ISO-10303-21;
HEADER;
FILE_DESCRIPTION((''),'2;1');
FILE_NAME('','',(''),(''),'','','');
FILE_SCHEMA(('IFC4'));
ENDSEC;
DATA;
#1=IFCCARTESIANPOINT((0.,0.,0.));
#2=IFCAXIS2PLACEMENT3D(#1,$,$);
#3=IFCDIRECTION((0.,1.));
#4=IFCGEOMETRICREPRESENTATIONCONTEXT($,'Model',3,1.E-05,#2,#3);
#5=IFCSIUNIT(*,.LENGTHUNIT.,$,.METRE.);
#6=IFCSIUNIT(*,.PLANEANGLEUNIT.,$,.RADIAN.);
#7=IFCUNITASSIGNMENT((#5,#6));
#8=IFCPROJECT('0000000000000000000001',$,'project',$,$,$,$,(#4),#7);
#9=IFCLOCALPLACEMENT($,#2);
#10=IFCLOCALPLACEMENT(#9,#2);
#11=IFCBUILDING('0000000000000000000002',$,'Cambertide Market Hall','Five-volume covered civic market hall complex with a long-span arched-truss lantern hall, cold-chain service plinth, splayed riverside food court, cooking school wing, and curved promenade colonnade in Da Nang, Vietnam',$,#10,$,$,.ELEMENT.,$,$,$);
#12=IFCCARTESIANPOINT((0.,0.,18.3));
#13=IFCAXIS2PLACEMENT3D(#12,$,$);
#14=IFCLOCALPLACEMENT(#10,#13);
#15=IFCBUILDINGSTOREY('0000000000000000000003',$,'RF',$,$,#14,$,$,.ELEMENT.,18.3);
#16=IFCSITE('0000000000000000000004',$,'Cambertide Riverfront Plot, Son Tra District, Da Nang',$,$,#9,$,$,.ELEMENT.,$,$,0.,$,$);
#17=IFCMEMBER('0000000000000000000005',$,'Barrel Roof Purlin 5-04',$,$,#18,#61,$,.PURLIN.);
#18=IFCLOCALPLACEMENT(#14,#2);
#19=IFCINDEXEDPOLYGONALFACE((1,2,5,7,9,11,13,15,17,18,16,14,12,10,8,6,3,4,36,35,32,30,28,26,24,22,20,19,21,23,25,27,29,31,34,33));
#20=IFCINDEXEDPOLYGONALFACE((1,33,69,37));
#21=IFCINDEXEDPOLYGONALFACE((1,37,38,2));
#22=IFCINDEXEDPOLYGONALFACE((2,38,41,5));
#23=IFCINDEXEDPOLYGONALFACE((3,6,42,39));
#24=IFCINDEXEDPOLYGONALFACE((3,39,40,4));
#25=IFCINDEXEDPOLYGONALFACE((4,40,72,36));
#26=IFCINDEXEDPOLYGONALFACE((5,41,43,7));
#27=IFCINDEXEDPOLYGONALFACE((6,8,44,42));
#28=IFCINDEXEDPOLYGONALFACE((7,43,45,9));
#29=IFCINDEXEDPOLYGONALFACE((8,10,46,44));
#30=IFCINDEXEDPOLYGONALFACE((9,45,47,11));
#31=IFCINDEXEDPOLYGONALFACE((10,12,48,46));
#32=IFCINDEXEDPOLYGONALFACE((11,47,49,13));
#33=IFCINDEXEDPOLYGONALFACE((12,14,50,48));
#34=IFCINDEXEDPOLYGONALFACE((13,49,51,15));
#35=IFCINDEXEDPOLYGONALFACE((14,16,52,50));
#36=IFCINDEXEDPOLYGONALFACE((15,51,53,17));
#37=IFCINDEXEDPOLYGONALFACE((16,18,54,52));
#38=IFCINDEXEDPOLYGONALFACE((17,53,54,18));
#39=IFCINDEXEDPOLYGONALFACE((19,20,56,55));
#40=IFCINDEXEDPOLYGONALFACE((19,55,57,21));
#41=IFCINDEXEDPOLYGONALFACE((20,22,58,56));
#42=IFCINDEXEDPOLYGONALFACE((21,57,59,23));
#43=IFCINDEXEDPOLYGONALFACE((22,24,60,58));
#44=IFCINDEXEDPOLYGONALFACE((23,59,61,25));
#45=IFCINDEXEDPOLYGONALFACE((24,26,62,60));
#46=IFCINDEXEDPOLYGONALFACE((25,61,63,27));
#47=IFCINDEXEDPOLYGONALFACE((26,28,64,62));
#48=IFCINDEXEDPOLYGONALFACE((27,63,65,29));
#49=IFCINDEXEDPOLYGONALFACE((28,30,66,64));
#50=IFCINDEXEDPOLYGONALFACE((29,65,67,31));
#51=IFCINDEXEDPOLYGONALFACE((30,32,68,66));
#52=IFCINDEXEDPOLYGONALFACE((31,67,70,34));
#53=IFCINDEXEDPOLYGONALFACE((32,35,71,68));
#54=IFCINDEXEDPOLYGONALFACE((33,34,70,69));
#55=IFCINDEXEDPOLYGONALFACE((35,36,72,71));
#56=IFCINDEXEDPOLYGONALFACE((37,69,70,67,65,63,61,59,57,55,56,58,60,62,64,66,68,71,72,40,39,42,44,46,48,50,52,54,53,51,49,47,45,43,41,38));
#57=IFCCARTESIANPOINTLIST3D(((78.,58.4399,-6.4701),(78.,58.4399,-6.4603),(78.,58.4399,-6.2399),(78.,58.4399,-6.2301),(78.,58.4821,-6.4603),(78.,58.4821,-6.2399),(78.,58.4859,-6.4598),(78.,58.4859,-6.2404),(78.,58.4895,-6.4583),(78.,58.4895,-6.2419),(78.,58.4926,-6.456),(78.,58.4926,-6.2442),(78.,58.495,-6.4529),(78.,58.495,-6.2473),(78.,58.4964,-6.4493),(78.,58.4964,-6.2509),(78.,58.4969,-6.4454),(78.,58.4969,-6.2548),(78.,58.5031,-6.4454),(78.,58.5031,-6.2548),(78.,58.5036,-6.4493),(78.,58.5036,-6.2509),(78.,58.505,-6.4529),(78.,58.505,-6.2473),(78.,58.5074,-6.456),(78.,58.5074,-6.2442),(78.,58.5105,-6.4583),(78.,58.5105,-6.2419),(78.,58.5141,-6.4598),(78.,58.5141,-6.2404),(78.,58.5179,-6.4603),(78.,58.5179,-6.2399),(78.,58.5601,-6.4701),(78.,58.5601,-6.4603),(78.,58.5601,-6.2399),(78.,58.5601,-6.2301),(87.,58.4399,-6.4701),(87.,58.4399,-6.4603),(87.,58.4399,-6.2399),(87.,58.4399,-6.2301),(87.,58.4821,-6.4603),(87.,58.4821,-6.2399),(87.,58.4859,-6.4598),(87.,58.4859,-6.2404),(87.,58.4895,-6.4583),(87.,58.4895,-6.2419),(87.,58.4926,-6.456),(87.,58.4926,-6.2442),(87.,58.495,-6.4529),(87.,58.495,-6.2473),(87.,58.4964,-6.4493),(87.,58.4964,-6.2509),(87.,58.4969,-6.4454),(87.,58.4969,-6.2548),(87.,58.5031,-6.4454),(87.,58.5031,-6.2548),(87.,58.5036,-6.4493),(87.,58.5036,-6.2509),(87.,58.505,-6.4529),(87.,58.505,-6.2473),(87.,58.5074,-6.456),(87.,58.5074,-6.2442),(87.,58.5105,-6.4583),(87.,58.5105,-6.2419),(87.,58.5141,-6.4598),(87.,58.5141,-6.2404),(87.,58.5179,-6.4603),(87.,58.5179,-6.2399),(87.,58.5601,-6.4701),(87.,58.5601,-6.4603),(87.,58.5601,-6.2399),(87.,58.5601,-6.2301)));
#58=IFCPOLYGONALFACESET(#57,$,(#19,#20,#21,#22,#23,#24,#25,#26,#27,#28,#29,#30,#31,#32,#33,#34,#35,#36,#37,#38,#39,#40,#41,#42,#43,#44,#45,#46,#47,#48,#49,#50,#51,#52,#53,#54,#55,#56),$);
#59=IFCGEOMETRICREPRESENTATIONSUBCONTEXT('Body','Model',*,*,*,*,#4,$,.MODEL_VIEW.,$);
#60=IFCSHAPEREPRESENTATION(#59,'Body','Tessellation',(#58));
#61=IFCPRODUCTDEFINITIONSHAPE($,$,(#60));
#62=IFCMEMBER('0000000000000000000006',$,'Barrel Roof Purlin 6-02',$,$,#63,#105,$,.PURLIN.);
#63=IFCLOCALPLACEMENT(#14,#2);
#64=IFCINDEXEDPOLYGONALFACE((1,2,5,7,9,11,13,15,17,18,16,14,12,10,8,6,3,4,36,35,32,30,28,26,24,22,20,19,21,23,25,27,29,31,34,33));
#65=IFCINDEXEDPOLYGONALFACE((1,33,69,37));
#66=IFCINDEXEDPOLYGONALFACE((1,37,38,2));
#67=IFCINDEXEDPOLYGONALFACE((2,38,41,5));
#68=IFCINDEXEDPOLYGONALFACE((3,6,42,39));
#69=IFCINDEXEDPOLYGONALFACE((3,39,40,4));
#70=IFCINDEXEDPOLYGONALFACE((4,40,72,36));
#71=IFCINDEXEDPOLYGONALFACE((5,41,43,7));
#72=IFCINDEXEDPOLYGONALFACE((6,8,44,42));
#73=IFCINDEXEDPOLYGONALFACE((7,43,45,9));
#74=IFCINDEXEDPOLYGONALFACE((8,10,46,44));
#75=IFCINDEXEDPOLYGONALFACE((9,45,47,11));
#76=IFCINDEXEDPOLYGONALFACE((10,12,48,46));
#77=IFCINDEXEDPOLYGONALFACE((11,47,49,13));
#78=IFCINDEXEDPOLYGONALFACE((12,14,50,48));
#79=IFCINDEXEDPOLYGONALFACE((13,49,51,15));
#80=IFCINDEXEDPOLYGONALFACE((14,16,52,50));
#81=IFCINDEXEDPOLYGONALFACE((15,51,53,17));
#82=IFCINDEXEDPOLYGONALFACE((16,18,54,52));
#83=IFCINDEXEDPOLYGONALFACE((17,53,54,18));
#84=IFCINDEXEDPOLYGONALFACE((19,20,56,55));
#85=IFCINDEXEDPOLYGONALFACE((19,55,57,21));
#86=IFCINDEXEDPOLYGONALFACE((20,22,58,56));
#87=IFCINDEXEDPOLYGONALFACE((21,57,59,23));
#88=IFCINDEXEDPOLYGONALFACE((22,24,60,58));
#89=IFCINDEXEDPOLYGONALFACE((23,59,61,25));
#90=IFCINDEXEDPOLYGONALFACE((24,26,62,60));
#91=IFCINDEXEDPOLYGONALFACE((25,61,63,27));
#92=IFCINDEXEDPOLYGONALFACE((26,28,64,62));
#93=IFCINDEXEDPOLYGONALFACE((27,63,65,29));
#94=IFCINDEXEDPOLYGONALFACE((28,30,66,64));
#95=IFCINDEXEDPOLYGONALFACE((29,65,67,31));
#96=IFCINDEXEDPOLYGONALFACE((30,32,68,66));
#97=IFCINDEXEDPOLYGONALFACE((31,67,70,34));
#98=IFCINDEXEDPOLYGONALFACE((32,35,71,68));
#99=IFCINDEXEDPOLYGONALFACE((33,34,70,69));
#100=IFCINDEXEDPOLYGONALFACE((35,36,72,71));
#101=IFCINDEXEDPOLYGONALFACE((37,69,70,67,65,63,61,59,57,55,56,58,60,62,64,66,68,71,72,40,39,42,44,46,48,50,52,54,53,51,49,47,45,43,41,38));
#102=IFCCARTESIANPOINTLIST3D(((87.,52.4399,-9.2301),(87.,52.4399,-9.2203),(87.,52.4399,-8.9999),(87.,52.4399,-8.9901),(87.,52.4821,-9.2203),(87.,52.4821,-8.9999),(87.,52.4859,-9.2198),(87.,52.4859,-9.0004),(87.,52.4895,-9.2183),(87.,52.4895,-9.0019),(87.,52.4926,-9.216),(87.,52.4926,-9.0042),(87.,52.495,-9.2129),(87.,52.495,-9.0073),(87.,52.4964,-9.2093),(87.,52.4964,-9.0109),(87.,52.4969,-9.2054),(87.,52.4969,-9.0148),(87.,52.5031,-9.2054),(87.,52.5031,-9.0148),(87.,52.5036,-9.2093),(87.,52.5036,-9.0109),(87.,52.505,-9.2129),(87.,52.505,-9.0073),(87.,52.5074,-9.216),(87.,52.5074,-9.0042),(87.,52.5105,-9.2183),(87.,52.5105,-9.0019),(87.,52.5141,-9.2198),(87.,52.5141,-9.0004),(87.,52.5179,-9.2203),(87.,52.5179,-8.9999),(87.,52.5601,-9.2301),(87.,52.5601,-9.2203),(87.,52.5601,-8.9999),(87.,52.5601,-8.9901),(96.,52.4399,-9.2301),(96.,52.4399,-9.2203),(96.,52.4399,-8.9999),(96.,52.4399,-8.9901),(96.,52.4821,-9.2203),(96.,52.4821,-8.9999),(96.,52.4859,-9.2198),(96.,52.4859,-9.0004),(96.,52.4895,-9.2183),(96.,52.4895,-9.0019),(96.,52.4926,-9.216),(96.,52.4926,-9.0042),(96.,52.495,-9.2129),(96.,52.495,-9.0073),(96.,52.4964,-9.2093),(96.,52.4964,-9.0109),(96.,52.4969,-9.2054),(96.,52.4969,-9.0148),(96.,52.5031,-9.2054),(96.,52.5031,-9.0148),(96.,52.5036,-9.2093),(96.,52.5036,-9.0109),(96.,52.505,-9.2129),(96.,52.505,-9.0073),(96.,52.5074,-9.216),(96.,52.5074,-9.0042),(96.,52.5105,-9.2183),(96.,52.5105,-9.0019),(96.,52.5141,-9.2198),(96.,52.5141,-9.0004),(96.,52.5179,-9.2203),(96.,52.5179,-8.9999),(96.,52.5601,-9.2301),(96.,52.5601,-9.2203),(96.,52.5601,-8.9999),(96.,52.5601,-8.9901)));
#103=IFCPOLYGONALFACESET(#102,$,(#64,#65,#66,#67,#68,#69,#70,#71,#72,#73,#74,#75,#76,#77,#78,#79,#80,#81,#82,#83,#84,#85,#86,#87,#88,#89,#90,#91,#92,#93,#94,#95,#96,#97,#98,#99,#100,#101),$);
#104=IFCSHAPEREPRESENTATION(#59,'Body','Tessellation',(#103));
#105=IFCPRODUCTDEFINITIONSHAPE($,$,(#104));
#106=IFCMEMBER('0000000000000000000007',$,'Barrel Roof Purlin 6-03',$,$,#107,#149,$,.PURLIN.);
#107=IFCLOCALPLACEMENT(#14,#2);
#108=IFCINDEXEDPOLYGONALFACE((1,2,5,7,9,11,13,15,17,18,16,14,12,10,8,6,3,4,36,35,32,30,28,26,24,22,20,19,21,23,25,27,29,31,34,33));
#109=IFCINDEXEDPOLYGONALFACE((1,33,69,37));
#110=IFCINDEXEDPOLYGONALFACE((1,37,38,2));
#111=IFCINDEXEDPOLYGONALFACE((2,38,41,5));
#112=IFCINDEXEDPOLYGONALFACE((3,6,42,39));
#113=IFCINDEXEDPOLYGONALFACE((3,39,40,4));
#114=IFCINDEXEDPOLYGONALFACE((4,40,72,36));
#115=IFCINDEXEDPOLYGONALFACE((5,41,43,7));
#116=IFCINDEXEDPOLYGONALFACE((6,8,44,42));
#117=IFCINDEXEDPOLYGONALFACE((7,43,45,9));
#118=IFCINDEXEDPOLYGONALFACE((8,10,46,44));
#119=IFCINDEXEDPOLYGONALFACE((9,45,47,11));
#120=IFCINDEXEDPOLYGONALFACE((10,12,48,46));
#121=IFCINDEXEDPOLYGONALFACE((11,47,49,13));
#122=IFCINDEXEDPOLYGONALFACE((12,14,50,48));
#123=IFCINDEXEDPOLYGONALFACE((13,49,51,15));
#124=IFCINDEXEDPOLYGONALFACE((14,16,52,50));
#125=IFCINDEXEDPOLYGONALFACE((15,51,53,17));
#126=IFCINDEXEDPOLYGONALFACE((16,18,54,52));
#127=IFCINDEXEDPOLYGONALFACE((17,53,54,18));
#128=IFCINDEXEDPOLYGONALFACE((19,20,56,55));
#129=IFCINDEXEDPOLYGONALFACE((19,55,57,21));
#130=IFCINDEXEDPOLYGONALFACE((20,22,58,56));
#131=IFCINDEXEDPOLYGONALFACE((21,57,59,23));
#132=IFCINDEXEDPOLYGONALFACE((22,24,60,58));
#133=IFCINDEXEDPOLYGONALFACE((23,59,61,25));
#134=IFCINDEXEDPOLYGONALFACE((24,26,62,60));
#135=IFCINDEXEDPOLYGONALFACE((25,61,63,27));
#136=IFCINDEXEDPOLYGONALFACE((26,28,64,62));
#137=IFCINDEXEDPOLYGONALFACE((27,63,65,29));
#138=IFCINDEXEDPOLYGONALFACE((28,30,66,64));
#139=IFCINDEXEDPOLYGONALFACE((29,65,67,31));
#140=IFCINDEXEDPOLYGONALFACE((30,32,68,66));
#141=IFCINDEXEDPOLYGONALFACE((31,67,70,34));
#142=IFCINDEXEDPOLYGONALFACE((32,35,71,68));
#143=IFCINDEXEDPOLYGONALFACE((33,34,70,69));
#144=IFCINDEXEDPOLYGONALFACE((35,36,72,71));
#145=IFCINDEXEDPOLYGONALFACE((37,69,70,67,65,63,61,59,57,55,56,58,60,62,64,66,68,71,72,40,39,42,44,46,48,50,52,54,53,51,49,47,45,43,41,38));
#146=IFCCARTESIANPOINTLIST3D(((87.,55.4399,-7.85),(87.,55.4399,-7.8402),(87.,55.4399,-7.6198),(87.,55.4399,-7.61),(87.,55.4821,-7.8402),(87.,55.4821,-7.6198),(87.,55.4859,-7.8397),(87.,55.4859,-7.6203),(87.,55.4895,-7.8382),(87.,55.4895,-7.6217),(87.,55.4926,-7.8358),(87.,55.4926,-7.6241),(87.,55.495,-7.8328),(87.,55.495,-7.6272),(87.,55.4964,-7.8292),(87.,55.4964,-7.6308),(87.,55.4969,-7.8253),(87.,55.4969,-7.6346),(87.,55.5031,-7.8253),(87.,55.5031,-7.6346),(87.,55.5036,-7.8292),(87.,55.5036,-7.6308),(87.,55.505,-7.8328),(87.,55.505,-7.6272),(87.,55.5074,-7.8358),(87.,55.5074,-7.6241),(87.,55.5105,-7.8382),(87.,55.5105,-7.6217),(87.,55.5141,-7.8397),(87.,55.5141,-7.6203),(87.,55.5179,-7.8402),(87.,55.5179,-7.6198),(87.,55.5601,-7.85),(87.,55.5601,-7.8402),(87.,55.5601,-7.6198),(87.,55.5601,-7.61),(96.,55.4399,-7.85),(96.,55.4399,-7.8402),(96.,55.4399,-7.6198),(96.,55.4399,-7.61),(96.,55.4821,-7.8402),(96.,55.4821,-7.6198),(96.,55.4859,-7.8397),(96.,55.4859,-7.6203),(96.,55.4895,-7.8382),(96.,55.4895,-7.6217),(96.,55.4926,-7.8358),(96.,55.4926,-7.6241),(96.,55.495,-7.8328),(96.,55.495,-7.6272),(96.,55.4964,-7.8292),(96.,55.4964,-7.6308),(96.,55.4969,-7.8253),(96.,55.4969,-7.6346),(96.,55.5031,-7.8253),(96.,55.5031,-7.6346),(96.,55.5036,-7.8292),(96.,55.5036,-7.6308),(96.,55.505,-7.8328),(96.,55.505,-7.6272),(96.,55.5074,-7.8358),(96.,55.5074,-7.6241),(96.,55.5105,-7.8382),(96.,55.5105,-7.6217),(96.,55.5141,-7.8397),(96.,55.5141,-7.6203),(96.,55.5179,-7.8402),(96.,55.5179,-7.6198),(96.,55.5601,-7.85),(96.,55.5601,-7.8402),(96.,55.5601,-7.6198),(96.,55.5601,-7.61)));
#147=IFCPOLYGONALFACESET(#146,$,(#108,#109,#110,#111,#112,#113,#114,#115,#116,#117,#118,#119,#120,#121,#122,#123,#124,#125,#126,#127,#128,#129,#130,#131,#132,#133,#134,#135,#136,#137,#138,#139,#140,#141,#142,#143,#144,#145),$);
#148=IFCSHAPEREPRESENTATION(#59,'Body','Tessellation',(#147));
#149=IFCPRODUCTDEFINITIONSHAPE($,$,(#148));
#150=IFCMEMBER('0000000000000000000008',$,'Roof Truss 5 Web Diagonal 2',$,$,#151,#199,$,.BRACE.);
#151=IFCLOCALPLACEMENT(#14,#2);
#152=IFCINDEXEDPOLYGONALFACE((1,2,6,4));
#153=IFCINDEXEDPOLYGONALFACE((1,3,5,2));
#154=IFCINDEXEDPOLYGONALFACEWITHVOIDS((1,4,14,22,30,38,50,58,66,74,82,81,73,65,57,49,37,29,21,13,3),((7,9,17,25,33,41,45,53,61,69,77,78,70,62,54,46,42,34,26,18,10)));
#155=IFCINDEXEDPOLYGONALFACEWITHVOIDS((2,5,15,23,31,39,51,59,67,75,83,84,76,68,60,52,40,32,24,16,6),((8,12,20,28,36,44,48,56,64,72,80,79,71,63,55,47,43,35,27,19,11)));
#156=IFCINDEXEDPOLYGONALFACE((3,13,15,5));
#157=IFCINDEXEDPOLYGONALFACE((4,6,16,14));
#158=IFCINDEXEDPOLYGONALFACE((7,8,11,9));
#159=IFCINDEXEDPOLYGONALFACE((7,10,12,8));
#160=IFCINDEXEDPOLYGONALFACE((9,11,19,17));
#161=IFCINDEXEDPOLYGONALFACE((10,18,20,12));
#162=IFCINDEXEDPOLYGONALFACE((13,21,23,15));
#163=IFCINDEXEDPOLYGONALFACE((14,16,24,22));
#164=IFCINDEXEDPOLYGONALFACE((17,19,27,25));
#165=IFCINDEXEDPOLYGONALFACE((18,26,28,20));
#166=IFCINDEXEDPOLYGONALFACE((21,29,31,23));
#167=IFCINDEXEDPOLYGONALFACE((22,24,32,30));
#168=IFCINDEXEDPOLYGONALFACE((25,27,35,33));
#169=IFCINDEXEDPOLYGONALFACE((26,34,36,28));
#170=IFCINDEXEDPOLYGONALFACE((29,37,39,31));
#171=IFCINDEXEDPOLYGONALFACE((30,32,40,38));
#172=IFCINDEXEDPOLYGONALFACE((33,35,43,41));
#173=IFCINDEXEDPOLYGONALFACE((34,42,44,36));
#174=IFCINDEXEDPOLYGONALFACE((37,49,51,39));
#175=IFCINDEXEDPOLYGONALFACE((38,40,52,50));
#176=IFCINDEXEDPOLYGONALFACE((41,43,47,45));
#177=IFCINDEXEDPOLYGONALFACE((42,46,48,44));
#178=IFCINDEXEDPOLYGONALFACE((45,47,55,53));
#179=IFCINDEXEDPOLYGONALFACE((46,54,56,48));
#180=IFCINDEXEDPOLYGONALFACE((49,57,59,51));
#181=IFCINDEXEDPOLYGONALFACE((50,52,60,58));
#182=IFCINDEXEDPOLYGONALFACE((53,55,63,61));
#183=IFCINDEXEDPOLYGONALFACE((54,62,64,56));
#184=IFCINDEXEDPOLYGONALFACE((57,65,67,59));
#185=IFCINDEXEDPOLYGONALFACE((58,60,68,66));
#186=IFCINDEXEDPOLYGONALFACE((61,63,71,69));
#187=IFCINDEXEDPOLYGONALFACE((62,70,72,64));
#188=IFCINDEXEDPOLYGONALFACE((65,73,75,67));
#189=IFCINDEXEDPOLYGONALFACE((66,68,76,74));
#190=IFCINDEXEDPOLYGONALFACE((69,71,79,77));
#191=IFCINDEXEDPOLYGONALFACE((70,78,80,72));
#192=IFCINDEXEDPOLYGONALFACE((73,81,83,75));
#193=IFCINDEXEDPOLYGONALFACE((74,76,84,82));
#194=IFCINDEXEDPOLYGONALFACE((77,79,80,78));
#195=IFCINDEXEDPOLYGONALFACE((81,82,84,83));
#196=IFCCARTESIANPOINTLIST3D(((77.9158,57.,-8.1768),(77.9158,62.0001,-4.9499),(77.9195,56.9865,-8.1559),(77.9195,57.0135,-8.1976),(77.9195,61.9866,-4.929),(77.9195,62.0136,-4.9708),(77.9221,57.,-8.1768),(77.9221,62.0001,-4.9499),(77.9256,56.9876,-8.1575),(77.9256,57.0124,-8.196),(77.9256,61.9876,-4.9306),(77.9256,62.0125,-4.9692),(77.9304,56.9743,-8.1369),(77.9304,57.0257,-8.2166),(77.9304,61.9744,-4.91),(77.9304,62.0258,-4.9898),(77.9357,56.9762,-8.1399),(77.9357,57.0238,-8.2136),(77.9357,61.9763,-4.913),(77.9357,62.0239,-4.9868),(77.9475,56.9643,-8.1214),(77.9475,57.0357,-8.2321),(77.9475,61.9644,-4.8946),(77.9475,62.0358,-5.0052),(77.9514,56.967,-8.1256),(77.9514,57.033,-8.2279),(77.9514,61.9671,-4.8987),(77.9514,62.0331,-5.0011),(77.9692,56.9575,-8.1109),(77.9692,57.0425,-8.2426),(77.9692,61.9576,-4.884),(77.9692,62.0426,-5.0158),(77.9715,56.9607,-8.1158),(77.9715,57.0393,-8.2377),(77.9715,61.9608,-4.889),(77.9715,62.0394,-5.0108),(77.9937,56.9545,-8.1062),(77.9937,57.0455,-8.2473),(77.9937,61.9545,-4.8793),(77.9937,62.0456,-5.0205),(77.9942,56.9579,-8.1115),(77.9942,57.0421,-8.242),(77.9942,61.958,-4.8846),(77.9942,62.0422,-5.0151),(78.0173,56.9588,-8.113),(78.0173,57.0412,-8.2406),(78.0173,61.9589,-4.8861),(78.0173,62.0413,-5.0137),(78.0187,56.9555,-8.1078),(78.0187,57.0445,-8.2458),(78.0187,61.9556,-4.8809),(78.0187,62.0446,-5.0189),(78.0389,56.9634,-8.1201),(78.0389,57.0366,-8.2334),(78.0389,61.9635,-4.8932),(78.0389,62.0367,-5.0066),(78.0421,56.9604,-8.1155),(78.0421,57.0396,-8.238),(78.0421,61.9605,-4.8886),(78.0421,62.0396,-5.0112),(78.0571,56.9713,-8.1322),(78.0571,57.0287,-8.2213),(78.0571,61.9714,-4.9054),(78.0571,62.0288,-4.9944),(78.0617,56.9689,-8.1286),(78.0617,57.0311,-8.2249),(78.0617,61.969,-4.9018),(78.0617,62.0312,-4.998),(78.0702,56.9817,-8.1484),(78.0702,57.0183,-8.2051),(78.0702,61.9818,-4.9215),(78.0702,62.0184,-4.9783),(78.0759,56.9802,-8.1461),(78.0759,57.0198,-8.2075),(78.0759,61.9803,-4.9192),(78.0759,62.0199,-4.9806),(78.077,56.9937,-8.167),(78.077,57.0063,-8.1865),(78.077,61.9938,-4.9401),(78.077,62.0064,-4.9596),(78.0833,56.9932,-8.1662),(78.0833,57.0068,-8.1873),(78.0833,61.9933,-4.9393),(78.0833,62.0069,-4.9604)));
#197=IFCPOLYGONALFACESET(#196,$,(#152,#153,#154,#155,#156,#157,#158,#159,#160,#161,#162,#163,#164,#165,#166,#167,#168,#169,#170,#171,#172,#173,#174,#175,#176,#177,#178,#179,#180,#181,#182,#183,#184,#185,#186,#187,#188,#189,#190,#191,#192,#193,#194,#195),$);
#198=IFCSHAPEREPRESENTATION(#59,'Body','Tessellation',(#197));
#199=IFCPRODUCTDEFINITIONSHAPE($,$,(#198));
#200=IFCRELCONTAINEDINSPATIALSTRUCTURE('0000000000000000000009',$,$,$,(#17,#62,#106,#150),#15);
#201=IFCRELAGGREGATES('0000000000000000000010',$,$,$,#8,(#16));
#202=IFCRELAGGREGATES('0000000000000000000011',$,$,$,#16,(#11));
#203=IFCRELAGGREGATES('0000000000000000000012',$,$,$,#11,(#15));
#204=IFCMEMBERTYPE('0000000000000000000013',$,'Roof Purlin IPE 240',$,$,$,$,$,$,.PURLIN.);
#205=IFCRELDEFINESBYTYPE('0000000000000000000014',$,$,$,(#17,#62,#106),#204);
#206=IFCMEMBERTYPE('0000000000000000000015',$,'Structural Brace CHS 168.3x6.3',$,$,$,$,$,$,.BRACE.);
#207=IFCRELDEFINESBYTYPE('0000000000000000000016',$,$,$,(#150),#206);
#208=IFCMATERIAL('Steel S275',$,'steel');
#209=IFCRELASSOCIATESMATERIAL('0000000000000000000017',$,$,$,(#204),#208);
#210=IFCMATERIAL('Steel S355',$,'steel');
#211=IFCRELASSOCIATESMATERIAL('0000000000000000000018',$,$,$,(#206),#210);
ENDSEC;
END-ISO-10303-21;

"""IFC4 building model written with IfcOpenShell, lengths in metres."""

from ifc_helpers import new_model, si_unit, direction, frame, origin, origin_2d, place, context, subcontext, project, spatial, hollow_circle, i_section, extrude, material, material_profile, profile_set, type_object, element, save


model = new_model("IFC4")

# Units and contexts
model_context = context("Model", 3, precision=1e-05, world=origin(), true_north=direction((0.0, 1.0)))
body_context = subcontext(model_context, "Body", "Model", "MODEL_VIEW")
ifc_project = project(units=[si_unit("LENGTHUNIT", "METRE"), si_unit("PLANEANGLEUNIT", "RADIAN")], contexts=[model_context])

# Site, building, storey
site_placement = place(None, origin())
site = spatial("IfcSite", under=ifc_project, at=site_placement, Name="Cambertide Riverfront Plot, Son Tra District, Da Nang", CompositionType="ELEMENT", RefElevation=0.0)
building_placement = place(site_placement, origin())
building = spatial("IfcBuilding", under=site, at=building_placement, Name="Cambertide Market Hall", Description="Five-volume covered civic market hall complex with a long-span arched-truss lantern hall, cold-chain service plinth, splayed riverside food court, cooking school wing, and curved promenade colonnade in Da Nang, Vietnam", CompositionType="ELEMENT")
storey_placement = place(building_placement, frame((0.0, 0.0, 18.3)))
storey = spatial("IfcBuildingStorey", under=building, at=storey_placement, Name="RF", CompositionType="ELEMENT", Elevation=18.3)

# Members
ifc_material_1 = material(Name="Steel S275", Category="steel")
ifc_material_profile_1 = material_profile(ifc_material_1, i_section(OverallWidth=0.1201, OverallDepth=0.24, WebThickness=0.0061, FlangeThickness=0.0098, FilletRadius=0.0149, at=origin_2d()), Name="IPE 240")
ifc_profile_set_1 = profile_set([ifc_material_profile_1], Name="Steel S275")
member_type_1 = type_object("IfcMemberType", Name="Roof Purlin IPE 240", PredefinedType="PURLIN", material=ifc_profile_set_1)
for number, where, z_axis, x_axis, name in (
    (1, (78.0, 58.5, -6.3501), (1.0, 0.0, 0.0), (0.0, 1.0, 0.0), "Barrel Roof Purlin 5-04"),
    (2, (87.0, 52.5, -9.1101), (1.0, 0.0, 0.0), (0.0, 1.0, 0.0), "Barrel Roof Purlin 6-02"),
    (3, (87.0, 55.5, -7.73), (1.0, 0.0, 0.0), (0.0, 1.0, 0.0), "Barrel Roof Purlin 6-03"),
):
    element("IfcMember", number, at=place(storey_placement, frame(where, z_axis=z_axis, x_axis=x_axis)), inside=storey, type_object=member_type_1, Name=name, PredefinedType="PURLIN", context=body_context, shape_type="SweptSolid", body=[
        extrude(i_section(OverallWidth=0.1201, OverallDepth=0.24, WebThickness=0.0061, FlangeThickness=0.0098, FilletRadius=0.0149, at=origin_2d()), origin(), (0.0, 0.0, 1.0), 9.0),
    ])
ifc_material_2 = material(Name="Steel S355", Category="steel")
ifc_material_profile_2 = material_profile(ifc_material_2, hollow_circle(Radius=0.0842, WallThickness=0.0063, at=origin_2d()), Name="CHS 168.3x6.3")
ifc_profile_set_2 = profile_set([ifc_material_profile_2], Name="Steel S355")
member_type_2 = type_object("IfcMemberType", Name="Structural Brace CHS 168.3x6.3", PredefinedType="BRACE", material=ifc_profile_set_2)
member_1_placement = place(storey_placement, frame((78.0, 57.0, -8.1768), z_axis=(0.0, 0.84022, 0.542246), x_axis=(-1.0, 0.0, 0.0)))
element("IfcMember", 4, at=member_1_placement, inside=storey, type_object=member_type_2, Name="Roof Truss 5 Web Diagonal 2", PredefinedType="BRACE", context=body_context, shape_type="SweptSolid", body=[
    extrude(hollow_circle(Radius=0.0842, WallThickness=0.0063, at=origin_2d()), origin(), (0.0, 0.0, 1.0), 5.9509),
])

save(model, "model.ifc")
